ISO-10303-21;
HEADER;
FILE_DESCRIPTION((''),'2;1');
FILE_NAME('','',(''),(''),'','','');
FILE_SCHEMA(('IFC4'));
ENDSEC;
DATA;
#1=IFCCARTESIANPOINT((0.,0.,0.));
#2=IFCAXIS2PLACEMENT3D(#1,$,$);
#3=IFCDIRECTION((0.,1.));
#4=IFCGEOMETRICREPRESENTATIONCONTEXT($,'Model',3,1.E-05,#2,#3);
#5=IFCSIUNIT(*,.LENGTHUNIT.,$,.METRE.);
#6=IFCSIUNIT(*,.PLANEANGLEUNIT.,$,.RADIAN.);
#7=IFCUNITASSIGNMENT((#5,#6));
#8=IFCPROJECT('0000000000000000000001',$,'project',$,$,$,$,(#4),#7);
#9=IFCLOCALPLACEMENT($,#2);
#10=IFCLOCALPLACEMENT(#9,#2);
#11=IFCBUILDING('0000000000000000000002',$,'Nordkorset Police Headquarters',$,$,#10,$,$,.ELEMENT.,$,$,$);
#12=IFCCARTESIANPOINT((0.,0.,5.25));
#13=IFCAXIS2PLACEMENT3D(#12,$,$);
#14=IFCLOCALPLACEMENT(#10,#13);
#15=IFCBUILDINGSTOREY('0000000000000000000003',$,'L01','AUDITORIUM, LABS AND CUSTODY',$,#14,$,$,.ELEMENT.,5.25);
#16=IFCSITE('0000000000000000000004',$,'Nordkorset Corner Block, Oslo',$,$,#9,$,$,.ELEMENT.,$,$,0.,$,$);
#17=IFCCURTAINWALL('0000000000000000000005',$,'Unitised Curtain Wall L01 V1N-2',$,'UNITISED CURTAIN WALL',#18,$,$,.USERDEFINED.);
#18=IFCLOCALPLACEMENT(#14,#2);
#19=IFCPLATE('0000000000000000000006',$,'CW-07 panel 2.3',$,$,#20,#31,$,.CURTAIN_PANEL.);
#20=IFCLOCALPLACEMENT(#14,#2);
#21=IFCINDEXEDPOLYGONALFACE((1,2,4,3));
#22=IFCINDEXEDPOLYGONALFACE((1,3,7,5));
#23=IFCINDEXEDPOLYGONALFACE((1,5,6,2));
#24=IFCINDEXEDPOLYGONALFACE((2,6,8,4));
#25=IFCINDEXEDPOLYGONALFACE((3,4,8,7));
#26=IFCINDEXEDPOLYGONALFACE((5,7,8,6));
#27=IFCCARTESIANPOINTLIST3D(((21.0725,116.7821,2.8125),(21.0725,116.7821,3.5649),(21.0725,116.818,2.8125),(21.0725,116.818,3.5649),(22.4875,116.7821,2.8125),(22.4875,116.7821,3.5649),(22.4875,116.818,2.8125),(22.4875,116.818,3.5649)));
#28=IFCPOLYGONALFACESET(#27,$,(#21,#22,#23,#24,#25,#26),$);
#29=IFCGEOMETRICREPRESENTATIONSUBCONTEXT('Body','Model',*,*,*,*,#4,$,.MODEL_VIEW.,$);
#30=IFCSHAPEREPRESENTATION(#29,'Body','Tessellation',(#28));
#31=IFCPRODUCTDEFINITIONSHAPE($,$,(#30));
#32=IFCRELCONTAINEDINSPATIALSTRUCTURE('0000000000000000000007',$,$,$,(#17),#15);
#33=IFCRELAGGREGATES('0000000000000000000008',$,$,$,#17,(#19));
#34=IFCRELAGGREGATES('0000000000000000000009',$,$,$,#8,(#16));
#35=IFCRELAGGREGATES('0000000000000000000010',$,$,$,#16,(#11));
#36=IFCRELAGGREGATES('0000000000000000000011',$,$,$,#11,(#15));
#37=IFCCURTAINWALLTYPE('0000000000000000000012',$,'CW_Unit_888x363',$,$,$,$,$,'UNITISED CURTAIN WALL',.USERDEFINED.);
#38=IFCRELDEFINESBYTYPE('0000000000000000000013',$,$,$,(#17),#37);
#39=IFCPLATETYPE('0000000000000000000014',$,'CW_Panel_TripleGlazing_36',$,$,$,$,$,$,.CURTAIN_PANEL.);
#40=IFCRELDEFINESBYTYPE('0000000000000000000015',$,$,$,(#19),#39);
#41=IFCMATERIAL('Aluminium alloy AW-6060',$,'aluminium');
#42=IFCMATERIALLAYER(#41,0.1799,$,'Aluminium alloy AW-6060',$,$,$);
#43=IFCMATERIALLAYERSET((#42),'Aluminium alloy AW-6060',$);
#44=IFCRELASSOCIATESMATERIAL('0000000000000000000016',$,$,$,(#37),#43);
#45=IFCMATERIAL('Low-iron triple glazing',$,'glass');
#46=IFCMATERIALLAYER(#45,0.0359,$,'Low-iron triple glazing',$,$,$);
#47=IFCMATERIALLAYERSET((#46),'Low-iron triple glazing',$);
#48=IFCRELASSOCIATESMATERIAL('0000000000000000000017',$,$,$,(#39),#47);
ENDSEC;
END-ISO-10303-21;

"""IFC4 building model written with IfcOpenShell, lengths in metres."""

from ifc_helpers import new_model, si_unit, direction, frame, origin, origin_2d, place, context, subcontext, project, spatial, rectangle, extrude, material, layer, layer_set, type_object, element, aggregate, save


model = new_model("IFC4")

# Units and contexts
model_context = context("Model", 3, precision=1e-05, world=origin(), true_north=direction((0.0, 1.0)))
body_context = subcontext(model_context, "Body", "Model", "MODEL_VIEW")
ifc_project = project(units=[si_unit("LENGTHUNIT", "METRE"), si_unit("PLANEANGLEUNIT", "RADIAN")], contexts=[model_context])

# Site, building, storey
site_placement = place(None, origin())
site = spatial("IfcSite", under=ifc_project, at=site_placement, Name="Nordkorset Corner Block, Oslo", CompositionType="ELEMENT", RefElevation=0.0)
building_placement = place(site_placement, origin())
building = spatial("IfcBuilding", under=site, at=building_placement, Name="Nordkorset Police Headquarters", CompositionType="ELEMENT")
storey_placement = place(building_placement, frame((0.0, 0.0, 5.25)))
storey = spatial("IfcBuildingStorey", under=building, at=storey_placement, Name="L01", Description="AUDITORIUM, LABS AND CUSTODY", CompositionType="ELEMENT", Elevation=5.25)

# Curtain wall
ifc_material_1 = material(Name="Aluminium alloy AW-6060", Category="aluminium")
ifc_layer_1 = layer(ifc_material_1, 0.1799, Name="Aluminium alloy AW-6060")
ifc_layer_set_1 = layer_set([ifc_layer_1], Name="Aluminium alloy AW-6060")
curtain_wall_type_1 = type_object("IfcCurtainWallType", Name="CW_Unit_888x363", ElementType="UNITISED CURTAIN WALL", PredefinedType="USERDEFINED", material=ifc_layer_set_1)
curtain_wall_1_placement = place(storey_placement, origin())
curtain_wall_1 = element("IfcCurtainWall", 1, at=curtain_wall_1_placement, inside=storey, type_object=curtain_wall_type_1, Name="Unitised Curtain Wall L01 V1N-2", ObjectType="UNITISED CURTAIN WALL", PredefinedType="USERDEFINED")

# Plate
ifc_material_2 = material(Name="Low-iron triple glazing", Category="glass")
ifc_layer_2 = layer(ifc_material_2, 0.0359, Name="Low-iron triple glazing")
ifc_layer_set_2 = layer_set([ifc_layer_2], Name="Low-iron triple glazing")
plate_type = type_object("IfcPlateType", Name="CW_Panel_TripleGlazing_36", PredefinedType="CURTAIN_PANEL", material=ifc_layer_set_2)
plate_1_placement = place(storey_placement, frame((21.78, 116.8, 2.8125), z_axis=(0.0, 0.0, 1.0), x_axis=(1.0, 0.0, 0.0)))
plate_1 = element("IfcPlate", 2, at=plate_1_placement, type_object=plate_type, Name="CW-07 panel 2.3", PredefinedType="CURTAIN_PANEL", context=body_context, shape_type="SweptSolid", body=[
    extrude(rectangle(XDim=1.415, YDim=0.0359, at=origin_2d()), origin(), (0.0, 0.0, 1.0), 0.7524),
])
aggregate(curtain_wall_1, [plate_1])

save(model, "model.ifc")
